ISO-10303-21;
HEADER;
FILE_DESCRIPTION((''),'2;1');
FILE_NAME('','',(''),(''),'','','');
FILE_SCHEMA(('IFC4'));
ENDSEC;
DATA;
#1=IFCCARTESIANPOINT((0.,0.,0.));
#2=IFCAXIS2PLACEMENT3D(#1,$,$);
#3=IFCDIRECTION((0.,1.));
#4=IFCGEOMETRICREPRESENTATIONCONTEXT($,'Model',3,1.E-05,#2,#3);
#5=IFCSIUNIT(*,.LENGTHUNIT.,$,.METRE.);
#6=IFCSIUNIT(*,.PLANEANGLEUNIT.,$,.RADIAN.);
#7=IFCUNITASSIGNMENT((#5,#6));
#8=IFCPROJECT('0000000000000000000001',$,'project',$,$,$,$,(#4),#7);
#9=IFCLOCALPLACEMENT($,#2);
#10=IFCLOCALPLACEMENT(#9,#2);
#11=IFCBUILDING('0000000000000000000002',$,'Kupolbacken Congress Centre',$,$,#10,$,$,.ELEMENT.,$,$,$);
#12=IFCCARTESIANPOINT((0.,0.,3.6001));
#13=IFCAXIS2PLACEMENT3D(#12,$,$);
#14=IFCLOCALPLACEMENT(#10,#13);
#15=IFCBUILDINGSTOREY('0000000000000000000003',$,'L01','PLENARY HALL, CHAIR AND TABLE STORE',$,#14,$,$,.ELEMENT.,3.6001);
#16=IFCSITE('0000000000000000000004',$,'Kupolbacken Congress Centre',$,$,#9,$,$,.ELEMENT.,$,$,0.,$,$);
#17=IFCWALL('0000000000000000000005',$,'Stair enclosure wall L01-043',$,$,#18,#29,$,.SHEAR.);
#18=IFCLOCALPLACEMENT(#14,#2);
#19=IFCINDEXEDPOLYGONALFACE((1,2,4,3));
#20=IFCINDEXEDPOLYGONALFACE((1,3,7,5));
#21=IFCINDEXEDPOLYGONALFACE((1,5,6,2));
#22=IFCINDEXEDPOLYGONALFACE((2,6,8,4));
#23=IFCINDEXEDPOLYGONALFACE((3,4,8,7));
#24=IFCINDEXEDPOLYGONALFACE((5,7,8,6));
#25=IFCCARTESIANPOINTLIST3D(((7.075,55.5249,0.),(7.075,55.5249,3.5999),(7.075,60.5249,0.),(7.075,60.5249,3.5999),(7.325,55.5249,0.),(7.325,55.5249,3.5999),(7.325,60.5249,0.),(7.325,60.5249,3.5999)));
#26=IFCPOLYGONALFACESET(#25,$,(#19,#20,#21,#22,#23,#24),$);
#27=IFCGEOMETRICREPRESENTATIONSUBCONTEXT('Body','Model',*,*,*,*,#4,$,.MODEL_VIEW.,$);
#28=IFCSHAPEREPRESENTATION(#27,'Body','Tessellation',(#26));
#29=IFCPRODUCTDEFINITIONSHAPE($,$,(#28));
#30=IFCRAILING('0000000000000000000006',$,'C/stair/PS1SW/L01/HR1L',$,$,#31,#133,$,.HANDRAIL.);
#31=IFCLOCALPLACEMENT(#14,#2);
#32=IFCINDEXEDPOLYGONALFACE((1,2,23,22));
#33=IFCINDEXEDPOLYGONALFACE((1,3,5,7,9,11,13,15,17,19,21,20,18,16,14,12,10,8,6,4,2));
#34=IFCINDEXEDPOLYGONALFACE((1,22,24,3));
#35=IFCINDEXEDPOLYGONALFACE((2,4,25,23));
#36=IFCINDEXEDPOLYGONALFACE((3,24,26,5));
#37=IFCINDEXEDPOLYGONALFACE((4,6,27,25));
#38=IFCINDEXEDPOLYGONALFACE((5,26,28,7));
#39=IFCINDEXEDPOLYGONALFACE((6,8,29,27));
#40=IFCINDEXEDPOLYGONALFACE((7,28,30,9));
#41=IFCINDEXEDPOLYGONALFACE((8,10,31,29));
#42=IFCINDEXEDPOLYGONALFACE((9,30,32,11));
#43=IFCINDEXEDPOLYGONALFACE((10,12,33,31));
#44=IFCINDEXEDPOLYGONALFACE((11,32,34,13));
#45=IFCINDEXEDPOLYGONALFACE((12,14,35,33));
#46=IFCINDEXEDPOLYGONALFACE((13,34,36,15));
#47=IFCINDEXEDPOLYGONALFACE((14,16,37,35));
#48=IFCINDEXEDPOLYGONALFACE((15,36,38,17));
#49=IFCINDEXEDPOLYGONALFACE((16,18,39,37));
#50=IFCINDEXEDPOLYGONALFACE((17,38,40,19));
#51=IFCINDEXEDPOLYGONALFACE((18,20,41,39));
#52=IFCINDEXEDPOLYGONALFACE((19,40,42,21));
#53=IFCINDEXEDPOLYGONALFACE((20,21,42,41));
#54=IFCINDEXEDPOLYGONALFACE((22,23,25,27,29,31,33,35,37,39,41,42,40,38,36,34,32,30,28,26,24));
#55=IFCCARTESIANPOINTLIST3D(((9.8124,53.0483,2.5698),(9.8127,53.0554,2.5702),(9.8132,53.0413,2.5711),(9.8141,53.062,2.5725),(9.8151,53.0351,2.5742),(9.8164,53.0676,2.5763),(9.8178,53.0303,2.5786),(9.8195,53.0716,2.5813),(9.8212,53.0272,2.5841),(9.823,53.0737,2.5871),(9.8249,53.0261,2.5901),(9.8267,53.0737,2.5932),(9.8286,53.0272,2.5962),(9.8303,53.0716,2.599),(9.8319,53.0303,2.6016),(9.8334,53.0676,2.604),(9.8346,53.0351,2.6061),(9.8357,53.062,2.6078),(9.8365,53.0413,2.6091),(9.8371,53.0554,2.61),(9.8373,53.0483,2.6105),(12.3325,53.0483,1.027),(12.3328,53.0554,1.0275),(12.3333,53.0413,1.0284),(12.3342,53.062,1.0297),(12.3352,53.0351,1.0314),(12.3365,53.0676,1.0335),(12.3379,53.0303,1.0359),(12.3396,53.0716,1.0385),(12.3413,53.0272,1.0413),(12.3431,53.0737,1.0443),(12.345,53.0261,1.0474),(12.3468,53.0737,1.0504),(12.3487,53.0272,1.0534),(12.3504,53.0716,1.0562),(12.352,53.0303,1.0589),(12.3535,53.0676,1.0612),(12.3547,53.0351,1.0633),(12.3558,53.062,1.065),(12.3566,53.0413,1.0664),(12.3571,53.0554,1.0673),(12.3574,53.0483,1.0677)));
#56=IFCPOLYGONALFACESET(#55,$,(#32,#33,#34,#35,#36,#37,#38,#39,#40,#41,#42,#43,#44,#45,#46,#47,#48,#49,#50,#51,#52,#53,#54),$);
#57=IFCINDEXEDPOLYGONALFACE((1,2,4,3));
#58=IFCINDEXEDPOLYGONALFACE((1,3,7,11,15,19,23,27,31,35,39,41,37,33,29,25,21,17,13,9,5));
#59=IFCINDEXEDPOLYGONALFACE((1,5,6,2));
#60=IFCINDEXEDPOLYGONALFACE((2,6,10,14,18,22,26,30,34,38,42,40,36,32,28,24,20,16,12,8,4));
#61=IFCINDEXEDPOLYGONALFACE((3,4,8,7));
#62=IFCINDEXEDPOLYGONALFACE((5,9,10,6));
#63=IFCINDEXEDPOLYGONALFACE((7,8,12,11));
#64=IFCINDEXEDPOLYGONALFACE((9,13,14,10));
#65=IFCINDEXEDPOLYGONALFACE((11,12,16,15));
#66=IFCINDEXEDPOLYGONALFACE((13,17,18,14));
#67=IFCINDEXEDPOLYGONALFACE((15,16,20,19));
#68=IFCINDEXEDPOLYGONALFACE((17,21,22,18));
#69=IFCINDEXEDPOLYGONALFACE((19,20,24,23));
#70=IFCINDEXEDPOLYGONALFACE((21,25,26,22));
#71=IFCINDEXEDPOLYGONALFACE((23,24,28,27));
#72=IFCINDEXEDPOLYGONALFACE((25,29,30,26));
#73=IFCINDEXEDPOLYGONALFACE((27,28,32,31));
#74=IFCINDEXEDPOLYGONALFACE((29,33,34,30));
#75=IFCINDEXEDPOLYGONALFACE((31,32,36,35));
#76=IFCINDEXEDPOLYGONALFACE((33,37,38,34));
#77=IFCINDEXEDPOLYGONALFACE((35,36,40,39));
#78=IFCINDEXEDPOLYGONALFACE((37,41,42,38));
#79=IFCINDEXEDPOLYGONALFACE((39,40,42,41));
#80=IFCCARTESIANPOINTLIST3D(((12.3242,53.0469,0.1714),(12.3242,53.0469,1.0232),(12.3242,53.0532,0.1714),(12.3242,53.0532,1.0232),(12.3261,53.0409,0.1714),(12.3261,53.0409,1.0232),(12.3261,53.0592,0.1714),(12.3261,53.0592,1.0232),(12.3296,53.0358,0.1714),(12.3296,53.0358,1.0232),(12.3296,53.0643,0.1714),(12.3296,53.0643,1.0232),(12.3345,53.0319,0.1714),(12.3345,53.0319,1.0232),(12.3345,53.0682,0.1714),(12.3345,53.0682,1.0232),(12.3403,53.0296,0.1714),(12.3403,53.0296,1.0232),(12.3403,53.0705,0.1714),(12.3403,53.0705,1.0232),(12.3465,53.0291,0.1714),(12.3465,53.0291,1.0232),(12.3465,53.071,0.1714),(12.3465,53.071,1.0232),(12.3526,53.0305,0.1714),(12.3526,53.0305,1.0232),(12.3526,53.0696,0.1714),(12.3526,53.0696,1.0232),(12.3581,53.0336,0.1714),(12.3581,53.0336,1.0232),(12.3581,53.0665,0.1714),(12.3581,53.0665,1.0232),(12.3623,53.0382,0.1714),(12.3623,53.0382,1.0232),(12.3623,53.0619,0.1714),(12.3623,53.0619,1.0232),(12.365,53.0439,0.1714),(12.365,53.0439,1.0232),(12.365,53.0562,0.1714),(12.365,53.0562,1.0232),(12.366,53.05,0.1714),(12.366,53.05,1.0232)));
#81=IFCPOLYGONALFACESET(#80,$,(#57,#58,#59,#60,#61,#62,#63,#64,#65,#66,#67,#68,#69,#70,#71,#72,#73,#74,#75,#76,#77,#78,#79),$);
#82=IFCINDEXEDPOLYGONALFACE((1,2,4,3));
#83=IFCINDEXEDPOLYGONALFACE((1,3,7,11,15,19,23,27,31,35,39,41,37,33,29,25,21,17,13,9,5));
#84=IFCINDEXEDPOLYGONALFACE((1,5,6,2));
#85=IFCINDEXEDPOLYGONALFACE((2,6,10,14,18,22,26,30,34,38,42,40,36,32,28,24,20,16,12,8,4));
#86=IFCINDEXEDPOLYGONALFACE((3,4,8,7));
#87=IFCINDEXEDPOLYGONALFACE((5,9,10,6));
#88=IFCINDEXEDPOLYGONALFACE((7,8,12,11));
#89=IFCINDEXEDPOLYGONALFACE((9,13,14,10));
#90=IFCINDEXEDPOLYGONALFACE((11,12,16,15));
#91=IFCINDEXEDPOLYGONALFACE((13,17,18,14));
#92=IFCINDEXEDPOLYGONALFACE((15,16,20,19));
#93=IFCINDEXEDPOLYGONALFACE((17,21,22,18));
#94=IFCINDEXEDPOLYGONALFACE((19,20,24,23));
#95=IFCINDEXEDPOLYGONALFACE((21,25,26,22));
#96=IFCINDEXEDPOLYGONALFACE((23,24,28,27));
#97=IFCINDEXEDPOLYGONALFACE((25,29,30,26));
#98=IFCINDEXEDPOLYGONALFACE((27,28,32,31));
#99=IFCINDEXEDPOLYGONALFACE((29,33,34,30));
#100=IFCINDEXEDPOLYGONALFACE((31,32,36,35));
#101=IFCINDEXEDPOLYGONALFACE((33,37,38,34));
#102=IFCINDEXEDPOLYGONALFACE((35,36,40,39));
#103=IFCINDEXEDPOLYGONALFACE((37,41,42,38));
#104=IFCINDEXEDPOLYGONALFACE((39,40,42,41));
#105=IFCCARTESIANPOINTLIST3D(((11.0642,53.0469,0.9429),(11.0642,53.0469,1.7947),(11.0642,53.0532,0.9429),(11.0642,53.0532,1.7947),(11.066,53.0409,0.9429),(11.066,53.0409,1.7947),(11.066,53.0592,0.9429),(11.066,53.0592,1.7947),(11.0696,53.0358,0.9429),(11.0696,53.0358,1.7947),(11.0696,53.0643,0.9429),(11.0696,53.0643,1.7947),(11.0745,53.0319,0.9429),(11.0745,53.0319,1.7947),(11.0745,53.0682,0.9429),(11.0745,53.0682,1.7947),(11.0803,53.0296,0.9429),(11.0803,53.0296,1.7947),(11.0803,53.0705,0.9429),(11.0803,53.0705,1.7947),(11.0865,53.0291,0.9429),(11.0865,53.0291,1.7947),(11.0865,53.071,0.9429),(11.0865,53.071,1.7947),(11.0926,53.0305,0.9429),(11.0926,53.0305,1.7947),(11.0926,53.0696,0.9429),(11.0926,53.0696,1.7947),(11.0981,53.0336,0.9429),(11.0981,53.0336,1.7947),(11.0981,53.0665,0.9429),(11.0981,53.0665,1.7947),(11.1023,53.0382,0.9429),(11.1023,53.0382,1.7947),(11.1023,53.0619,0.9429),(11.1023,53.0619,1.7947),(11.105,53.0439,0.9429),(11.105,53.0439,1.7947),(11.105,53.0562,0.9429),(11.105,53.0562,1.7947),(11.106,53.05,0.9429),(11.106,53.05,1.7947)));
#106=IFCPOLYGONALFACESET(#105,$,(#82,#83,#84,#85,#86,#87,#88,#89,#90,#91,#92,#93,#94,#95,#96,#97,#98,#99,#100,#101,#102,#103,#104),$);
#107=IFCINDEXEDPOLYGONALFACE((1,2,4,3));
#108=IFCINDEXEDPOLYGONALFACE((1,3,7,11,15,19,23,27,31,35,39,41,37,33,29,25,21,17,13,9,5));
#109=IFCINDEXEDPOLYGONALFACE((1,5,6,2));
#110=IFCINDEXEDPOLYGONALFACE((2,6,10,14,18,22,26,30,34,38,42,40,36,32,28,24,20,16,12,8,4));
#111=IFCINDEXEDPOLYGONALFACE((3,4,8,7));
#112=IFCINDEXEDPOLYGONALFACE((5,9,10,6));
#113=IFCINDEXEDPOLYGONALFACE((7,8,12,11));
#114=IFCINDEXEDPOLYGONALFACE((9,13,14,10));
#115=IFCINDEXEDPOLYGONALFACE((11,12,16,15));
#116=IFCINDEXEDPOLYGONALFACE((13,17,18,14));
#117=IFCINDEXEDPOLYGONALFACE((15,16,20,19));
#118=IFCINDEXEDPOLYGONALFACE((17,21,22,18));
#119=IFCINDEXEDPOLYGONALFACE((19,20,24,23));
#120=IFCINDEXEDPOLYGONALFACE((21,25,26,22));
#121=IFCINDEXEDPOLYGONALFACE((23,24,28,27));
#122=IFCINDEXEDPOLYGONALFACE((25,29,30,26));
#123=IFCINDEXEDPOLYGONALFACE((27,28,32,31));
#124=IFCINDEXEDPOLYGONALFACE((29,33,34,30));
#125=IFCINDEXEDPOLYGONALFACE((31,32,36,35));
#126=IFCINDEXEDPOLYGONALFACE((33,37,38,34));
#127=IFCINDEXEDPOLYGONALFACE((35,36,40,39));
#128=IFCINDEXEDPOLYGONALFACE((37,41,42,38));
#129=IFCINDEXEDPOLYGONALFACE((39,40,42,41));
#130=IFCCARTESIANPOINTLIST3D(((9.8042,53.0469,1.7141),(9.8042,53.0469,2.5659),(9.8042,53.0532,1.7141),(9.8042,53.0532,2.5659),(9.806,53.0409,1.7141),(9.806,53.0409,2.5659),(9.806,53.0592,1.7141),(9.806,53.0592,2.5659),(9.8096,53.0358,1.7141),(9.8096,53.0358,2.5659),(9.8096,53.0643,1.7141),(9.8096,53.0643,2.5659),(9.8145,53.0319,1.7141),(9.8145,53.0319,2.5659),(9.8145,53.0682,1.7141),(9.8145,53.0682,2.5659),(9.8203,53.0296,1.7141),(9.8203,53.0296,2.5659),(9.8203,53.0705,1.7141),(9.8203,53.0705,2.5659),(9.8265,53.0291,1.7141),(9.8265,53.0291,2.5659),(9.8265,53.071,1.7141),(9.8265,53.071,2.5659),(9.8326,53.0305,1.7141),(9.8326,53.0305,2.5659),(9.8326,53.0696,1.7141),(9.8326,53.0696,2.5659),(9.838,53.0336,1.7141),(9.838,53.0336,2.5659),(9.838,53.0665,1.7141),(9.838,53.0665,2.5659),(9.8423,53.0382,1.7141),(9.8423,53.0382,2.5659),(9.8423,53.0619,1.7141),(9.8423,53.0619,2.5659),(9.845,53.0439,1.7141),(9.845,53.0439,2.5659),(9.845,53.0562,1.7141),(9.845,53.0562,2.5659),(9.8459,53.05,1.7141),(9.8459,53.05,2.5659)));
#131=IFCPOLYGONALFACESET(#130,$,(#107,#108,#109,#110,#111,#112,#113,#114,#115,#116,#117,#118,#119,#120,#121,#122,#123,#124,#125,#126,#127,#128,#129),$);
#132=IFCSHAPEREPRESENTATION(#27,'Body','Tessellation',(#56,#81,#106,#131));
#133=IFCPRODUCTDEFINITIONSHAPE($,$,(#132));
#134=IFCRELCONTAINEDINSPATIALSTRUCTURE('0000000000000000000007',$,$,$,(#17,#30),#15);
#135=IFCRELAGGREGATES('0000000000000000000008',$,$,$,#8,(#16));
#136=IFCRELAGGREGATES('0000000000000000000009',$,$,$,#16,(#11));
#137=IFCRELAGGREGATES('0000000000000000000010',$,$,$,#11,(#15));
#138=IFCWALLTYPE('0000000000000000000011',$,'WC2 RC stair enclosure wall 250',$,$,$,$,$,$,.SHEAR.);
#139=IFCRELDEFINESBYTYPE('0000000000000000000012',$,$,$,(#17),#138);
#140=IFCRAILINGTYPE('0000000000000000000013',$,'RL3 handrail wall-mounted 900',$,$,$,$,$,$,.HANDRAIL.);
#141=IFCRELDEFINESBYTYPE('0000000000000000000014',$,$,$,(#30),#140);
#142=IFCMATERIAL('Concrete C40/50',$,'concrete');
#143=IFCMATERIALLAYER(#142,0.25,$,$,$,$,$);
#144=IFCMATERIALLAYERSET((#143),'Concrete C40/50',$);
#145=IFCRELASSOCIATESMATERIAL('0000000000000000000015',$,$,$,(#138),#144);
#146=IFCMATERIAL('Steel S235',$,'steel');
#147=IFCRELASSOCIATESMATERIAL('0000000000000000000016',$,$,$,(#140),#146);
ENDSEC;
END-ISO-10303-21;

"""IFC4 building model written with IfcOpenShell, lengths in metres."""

from ifc_helpers import new_model, si_unit, direction, frame, frame_2d, origin, origin_2d, place, context, subcontext, project, spatial, rectangle, circle, extrude, material, layer, layer_set, type_object, element, save


model = new_model("IFC4")

# Units and contexts
model_context = context("Model", 3, precision=1e-05, world=origin(), true_north=direction((0.0, 1.0)))
body_context = subcontext(model_context, "Body", "Model", "MODEL_VIEW")
ifc_project = project(units=[si_unit("LENGTHUNIT", "METRE"), si_unit("PLANEANGLEUNIT", "RADIAN")], contexts=[model_context])

# Site, building, storey
site_placement = place(None, origin())
site = spatial("IfcSite", under=ifc_project, at=site_placement, Name="Kupolbacken Congress Centre", CompositionType="ELEMENT", RefElevation=0.0)
building_placement = place(site_placement, origin())
building = spatial("IfcBuilding", under=site, at=building_placement, Name="Kupolbacken Congress Centre", CompositionType="ELEMENT")
storey_placement = place(building_placement, frame((0.0, 0.0, 3.6001)))
storey = spatial("IfcBuildingStorey", under=building, at=storey_placement, Name="L01", Description="PLENARY HALL, CHAIR AND TABLE STORE", CompositionType="ELEMENT", Elevation=3.6001)

# Wall
ifc_material_1 = material(Name="Concrete C40/50", Category="concrete")
ifc_layer_1 = layer(ifc_material_1, 0.25)
ifc_layer_set_1 = layer_set([ifc_layer_1], Name="Concrete C40/50")
wall_type_1 = type_object("IfcWallType", Name="WC2 RC stair enclosure wall 250", PredefinedType="SHEAR", material=ifc_layer_set_1)
for number, where, z_axis, x_axis, name in (
    (1, (7.2, 60.5249, 0.0), (0.0, 0.0, 1.0), (0.0, -1.0, 0.0), "Stair enclosure wall L01-043"),
):
    element("IfcWall", number, at=place(storey_placement, frame(where, z_axis=z_axis, x_axis=x_axis)), inside=storey, type_object=wall_type_1, Name=name, PredefinedType="SHEAR", context=body_context, shape_type="SweptSolid", body=[
        extrude(rectangle(XDim=5.0, YDim=0.25, at=frame_2d((2.5, 0.0))), origin(), (0.0, 0.0, 1.0), 3.5999),
    ])

# Railing
ifc_material_2 = material(Name="Steel S235", Category="steel")
railing_type = type_object("IfcRailingType", Name="RL3 handrail wall-mounted 900", PredefinedType="HANDRAIL", material=ifc_material_2)
for number, where, name in (
    (2, (12.345, 53.05, 0.1714), "C/stair/PS1SW/L01/HR1L"),
):
    element("IfcRailing", number, at=place(storey_placement, frame(where)), inside=storey, type_object=railing_type, Name=name, PredefinedType="HANDRAIL", context=body_context, shape_type="SweptSolid", body=[
        extrude(circle(Radius=0.0239, at=origin_2d()), frame((0.0, 0.0, 0.876), z_axis=(-0.852873, 0.0, 0.522118), x_axis=(0.0, -1.0, 0.0)), (0.0, 0.0, 1.0), 2.9548),
        extrude(circle(Radius=0.021, at=origin_2d()), origin(), (0.0, 0.0, 1.0), 0.8518),
        extrude(circle(Radius=0.021, at=origin_2d()), frame((-1.26, 0.0, 0.7715)), (0.0, 0.0, 1.0), 0.8518),
        extrude(circle(Radius=0.021, at=origin_2d()), frame((-2.52, 0.0, 1.5427)), (0.0, 0.0, 1.0), 0.8518),
    ])

save(model, "model.ifc")
